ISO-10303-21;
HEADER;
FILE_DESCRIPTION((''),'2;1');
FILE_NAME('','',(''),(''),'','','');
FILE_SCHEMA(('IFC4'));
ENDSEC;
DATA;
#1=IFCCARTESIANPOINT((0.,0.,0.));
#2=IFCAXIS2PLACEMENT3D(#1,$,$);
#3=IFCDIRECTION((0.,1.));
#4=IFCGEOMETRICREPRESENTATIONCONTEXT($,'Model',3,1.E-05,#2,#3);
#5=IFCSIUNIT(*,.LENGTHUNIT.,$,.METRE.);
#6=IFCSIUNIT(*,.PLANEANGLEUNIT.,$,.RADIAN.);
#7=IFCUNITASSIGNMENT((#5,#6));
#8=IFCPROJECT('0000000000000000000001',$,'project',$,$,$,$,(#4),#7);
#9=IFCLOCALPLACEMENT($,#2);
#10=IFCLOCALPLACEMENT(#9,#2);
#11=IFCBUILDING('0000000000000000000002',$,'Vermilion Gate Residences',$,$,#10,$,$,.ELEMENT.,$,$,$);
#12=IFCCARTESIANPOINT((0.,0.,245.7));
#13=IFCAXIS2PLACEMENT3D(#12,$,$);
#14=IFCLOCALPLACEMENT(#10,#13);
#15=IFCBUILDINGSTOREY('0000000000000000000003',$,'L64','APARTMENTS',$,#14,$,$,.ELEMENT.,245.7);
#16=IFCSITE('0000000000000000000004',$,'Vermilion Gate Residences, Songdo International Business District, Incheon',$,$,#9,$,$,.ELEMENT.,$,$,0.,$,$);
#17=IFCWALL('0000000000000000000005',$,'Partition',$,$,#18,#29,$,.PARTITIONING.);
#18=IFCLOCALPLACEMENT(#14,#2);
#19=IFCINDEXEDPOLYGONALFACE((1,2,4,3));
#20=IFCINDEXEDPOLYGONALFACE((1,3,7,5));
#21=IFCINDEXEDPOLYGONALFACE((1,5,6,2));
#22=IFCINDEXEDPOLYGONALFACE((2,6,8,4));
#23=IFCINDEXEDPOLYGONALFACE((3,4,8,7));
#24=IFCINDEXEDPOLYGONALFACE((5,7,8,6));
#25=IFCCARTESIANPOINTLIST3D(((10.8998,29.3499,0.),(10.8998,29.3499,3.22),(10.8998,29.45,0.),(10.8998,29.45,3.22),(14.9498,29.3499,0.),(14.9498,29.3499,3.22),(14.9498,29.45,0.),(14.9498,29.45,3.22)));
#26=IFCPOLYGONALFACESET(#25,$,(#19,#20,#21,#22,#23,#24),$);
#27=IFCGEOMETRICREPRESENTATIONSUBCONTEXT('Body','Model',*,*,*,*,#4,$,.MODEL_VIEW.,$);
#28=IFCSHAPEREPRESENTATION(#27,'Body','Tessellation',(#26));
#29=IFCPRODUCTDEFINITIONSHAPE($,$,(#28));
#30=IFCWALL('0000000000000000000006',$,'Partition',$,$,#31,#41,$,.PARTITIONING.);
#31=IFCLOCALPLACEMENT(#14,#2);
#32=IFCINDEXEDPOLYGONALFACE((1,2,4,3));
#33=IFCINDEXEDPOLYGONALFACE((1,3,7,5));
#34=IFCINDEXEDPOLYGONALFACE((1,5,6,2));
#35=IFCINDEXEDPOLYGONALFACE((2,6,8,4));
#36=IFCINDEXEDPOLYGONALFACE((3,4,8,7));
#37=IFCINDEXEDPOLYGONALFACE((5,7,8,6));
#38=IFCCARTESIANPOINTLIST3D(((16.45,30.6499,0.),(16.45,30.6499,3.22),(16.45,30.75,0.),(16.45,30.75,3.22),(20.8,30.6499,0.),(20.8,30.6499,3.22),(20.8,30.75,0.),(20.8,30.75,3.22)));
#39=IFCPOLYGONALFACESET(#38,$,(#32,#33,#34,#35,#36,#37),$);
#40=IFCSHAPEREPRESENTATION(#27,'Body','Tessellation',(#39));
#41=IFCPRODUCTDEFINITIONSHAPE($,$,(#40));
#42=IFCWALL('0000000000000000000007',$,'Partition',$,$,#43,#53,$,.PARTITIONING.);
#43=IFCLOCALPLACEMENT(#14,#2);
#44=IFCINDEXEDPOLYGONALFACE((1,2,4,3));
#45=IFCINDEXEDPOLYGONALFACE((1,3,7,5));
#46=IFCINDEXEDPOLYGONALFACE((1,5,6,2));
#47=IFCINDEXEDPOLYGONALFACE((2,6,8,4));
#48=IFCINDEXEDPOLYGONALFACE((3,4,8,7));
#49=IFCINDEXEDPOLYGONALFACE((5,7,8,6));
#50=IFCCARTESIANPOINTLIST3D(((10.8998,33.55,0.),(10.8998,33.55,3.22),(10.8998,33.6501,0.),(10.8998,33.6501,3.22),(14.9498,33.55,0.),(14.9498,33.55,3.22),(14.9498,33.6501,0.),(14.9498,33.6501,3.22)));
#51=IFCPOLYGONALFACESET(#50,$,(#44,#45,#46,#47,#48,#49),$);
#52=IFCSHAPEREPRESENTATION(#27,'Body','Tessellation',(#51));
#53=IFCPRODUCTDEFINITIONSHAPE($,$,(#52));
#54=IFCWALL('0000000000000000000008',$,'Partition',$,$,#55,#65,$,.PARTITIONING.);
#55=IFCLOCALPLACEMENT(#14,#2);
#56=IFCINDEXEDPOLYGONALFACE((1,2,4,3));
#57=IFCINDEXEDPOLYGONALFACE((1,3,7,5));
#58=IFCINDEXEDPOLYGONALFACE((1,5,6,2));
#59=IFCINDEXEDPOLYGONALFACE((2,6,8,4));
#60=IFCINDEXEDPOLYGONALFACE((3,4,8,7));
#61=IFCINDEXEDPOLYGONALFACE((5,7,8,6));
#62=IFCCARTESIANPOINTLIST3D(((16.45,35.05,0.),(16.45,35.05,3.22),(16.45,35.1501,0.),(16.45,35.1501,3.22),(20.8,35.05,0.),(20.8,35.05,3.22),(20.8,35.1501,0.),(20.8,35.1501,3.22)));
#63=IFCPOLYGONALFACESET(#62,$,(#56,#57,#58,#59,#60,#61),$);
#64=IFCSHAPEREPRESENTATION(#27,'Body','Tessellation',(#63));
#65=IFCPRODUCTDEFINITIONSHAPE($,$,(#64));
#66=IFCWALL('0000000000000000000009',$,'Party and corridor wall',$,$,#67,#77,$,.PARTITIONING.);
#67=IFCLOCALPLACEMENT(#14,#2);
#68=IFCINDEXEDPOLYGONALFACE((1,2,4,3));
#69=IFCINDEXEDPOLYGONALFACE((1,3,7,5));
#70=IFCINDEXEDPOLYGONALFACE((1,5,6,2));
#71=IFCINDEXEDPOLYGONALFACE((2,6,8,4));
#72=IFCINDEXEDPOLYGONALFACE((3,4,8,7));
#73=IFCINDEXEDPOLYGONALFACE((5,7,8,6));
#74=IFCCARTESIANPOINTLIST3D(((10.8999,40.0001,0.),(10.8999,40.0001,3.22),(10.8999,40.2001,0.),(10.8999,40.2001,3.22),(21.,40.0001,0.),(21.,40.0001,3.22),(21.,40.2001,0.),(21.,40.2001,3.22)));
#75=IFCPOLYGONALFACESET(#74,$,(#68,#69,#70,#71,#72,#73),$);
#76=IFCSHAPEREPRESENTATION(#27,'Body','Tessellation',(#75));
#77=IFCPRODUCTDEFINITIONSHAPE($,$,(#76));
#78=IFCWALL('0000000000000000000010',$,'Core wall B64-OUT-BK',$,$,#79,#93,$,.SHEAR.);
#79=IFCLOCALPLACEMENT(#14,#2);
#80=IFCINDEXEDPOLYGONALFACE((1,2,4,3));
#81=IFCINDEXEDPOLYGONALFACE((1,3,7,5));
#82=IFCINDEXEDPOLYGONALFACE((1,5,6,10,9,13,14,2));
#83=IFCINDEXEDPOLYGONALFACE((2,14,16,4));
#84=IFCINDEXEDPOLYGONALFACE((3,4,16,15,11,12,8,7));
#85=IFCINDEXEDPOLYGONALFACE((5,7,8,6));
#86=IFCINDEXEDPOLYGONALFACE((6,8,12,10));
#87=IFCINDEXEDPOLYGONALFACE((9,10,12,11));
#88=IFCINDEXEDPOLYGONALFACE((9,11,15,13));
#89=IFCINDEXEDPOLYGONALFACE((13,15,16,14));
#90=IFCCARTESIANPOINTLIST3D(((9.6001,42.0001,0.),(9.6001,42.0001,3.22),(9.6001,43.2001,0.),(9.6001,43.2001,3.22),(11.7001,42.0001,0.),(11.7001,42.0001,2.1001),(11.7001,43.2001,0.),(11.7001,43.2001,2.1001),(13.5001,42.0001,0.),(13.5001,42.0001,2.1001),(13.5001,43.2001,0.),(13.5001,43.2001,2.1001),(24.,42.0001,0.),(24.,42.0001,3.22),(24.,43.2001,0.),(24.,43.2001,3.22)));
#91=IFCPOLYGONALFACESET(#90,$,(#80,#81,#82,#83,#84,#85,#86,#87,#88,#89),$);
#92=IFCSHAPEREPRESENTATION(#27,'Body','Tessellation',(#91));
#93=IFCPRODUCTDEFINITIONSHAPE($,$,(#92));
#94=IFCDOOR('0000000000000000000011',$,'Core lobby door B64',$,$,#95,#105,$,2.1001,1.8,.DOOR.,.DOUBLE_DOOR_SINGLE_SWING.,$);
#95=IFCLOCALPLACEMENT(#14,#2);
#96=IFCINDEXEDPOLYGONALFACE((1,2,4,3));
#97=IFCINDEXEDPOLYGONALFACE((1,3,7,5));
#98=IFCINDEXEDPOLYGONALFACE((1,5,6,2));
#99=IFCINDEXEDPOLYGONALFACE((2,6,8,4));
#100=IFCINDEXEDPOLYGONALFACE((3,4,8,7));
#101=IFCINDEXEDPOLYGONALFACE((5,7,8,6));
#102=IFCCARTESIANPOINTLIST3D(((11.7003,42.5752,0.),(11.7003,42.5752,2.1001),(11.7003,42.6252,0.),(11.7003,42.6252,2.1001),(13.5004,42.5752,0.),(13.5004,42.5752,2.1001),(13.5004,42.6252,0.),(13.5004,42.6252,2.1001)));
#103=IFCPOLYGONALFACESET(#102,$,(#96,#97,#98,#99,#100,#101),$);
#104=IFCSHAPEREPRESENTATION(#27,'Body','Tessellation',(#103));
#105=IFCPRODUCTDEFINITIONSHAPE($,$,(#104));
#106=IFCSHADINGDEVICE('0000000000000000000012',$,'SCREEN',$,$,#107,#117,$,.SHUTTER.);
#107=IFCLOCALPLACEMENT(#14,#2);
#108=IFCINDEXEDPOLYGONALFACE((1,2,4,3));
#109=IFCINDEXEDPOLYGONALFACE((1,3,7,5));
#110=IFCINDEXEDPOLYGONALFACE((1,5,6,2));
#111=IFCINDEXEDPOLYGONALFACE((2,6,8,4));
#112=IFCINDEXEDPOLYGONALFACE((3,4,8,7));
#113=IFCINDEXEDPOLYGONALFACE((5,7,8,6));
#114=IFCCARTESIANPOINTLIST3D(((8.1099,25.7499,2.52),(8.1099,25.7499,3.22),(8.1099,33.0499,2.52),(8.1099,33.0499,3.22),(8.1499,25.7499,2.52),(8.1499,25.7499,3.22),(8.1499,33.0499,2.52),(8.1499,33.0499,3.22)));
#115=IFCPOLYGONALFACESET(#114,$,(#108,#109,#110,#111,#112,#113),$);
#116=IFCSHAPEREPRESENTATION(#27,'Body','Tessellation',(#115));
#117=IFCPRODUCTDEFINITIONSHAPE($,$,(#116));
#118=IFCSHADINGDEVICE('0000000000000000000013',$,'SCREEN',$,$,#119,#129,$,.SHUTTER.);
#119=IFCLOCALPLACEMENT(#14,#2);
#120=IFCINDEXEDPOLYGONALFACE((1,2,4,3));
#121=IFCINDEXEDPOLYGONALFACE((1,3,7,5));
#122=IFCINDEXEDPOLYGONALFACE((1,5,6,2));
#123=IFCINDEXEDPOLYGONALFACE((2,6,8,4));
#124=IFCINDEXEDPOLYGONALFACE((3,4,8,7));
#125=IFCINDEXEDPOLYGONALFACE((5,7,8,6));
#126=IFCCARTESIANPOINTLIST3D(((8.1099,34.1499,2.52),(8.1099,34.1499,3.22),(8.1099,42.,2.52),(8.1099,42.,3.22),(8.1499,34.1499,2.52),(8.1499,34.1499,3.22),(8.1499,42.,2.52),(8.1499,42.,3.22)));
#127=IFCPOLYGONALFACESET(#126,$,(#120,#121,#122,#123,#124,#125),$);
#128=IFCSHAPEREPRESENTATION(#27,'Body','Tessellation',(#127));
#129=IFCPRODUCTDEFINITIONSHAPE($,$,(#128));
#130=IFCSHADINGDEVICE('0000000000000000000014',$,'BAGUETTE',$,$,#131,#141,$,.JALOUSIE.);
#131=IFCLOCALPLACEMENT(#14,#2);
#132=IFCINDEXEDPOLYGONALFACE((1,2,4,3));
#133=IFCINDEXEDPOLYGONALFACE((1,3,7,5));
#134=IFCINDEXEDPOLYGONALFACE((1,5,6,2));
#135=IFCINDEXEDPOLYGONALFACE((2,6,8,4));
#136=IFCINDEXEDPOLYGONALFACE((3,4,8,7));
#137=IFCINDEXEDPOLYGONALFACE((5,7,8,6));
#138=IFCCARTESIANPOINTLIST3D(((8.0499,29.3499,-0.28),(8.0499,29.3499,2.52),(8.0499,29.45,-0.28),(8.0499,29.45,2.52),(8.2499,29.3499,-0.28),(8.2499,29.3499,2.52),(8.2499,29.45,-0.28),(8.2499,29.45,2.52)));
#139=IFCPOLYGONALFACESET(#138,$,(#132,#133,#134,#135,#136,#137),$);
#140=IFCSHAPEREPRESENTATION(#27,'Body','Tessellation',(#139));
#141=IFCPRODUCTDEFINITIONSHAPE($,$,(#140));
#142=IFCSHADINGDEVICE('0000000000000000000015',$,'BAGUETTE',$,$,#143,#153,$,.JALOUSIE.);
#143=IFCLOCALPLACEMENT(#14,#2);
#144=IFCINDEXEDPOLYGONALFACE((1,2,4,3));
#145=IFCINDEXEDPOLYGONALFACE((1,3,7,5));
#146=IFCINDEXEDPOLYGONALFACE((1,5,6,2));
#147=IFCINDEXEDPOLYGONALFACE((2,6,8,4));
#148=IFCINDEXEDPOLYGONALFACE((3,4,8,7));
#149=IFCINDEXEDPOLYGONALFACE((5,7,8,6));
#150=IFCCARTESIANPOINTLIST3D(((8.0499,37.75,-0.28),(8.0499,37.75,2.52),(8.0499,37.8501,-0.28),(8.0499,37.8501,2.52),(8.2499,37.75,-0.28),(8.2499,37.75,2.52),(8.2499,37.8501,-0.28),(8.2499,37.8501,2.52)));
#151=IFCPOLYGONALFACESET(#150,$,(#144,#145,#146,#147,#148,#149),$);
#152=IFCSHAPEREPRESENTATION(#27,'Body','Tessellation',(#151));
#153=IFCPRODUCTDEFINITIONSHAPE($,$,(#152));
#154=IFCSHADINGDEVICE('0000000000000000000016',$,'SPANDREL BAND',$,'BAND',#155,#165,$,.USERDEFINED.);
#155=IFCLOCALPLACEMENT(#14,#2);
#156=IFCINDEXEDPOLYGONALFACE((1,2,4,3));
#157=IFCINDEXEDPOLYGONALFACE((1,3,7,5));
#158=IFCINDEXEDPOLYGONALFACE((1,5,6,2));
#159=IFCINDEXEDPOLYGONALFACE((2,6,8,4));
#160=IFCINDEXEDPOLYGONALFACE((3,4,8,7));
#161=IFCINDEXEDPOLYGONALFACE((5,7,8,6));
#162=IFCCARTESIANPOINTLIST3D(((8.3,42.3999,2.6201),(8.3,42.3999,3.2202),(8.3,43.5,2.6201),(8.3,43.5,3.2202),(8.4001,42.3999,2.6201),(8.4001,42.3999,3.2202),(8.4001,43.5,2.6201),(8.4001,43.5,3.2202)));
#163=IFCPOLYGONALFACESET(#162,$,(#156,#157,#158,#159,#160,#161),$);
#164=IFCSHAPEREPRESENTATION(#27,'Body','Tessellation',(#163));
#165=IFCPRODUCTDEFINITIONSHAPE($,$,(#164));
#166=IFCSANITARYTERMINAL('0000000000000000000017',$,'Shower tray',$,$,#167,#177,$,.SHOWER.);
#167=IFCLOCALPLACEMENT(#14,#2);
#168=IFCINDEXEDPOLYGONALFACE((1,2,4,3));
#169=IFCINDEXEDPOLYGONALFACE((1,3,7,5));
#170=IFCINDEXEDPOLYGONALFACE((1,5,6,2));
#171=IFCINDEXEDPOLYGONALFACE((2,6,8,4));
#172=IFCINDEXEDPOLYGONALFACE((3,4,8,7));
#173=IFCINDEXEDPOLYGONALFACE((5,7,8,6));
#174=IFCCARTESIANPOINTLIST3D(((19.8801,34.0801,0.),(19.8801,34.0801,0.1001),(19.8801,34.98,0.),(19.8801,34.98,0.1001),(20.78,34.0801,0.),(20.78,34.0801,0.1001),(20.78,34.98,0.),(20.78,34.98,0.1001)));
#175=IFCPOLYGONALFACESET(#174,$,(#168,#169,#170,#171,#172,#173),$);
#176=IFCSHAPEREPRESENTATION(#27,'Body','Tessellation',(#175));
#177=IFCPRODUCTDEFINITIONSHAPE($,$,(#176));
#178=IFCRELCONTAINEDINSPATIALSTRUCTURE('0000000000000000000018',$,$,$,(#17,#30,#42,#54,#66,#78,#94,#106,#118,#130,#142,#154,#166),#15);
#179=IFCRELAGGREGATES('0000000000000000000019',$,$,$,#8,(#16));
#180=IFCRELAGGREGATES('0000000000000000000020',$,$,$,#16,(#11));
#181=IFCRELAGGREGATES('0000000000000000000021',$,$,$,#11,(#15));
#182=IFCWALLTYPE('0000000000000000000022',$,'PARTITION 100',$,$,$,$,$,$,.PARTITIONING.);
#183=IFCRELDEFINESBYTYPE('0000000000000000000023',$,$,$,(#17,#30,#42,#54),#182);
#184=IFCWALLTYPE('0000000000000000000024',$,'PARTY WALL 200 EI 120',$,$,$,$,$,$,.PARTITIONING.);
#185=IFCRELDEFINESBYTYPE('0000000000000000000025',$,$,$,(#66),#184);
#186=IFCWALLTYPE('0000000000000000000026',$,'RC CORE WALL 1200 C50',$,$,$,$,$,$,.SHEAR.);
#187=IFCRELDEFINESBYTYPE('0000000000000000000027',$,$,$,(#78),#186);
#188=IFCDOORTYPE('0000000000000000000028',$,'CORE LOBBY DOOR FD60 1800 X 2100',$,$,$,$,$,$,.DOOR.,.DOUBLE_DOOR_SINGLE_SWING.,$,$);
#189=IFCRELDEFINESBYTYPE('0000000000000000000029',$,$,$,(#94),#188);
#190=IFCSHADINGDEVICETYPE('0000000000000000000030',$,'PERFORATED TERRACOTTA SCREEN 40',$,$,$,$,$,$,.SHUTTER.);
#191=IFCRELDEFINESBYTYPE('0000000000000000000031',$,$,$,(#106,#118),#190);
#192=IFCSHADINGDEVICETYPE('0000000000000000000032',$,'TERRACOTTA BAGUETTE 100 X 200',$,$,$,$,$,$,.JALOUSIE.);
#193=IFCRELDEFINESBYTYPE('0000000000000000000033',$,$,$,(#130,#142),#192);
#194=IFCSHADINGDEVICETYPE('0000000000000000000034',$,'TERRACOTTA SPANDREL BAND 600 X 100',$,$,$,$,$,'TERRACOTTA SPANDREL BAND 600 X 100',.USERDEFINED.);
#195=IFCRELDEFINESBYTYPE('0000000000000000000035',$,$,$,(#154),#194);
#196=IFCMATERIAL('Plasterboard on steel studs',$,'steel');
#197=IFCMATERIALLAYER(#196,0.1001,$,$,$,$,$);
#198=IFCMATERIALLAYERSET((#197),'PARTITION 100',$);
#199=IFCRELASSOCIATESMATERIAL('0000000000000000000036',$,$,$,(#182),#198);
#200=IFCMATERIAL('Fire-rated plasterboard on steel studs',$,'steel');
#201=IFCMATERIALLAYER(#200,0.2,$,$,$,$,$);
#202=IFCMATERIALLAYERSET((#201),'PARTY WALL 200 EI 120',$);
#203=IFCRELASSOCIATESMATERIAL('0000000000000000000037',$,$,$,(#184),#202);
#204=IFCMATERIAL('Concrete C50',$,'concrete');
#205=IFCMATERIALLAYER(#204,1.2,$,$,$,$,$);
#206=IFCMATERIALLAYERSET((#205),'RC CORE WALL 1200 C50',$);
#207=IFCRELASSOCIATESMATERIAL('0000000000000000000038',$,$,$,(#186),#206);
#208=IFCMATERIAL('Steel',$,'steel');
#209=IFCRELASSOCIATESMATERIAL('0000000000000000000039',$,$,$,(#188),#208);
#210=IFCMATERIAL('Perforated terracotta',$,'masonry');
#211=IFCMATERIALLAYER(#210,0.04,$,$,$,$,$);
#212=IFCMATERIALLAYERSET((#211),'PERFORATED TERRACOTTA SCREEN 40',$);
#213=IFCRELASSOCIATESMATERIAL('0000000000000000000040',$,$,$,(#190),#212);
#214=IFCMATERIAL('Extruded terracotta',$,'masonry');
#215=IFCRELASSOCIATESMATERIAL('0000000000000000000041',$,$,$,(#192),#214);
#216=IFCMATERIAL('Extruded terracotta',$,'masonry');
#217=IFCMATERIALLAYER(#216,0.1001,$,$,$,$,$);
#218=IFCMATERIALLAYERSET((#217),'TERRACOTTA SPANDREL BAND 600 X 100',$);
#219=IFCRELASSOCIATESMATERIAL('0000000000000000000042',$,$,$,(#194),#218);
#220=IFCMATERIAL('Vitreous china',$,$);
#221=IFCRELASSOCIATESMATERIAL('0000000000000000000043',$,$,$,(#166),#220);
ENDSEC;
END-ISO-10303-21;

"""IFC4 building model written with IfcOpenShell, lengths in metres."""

from ifc_helpers import new_model, si_unit, direction, frame, frame_2d, origin, origin_2d, place, context, subcontext, project, spatial, rectangle, extrude, material, layer, layer_set, material_profile, profile_set, type_object, element, fill, save


model = new_model("IFC4")

# Units and contexts
model_context = context("Model", 3, precision=1e-05, world=origin(), true_north=direction((0.0, 1.0)))
body_context = subcontext(model_context, "Body", "Model", "MODEL_VIEW")
ifc_project = project(units=[si_unit("LENGTHUNIT", "METRE"), si_unit("PLANEANGLEUNIT", "RADIAN")], contexts=[model_context])

# Site, building, storey
site_placement = place(None, origin())
site = spatial("IfcSite", under=ifc_project, at=site_placement, Name="Vermilion Gate Residences, Songdo International Business District, Incheon", CompositionType="ELEMENT", RefElevation=0.0)
building_placement = place(site_placement, origin())
building = spatial("IfcBuilding", under=site, at=building_placement, Name="Vermilion Gate Residences", CompositionType="ELEMENT")
storey_placement = place(building_placement, frame((0.0, 0.0, 245.7)))
storey = spatial("IfcBuildingStorey", under=building, at=storey_placement, Name="L64", Description="APARTMENTS", CompositionType="ELEMENT", Elevation=245.7)

# Walls
ifc_material_1 = material(Name="Plasterboard on steel studs", Category="steel")
ifc_layer_1 = layer(ifc_material_1, 0.1001)
ifc_layer_set_1 = layer_set([ifc_layer_1], Name="PARTITION 100")
wall_type_1 = type_object("IfcWallType", Name="PARTITION 100", PredefinedType="PARTITIONING", material=ifc_layer_set_1)
wall_1_placement = place(storey_placement, frame((10.8999, 29.3999, 0.0), z_axis=(0.0, 0.0, 1.0), x_axis=(1.0, 0.0, 0.0)))
element("IfcWall", 1, at=wall_1_placement, inside=storey, type_object=wall_type_1, Name="Partition", PredefinedType="PARTITIONING", context=body_context, shape_type="SweptSolid", body=[
    extrude(rectangle(XDim=4.05, YDim=0.1001, at=frame_2d((2.0249, 0.0))), origin(), (0.0, 0.0, 1.0), 3.22),
])
wall_2_placement = place(storey_placement, frame((16.45, 30.7, 0.0), z_axis=(0.0, 0.0, 1.0), x_axis=(1.0, 0.0, 0.0)))
element("IfcWall", 2, at=wall_2_placement, inside=storey, type_object=wall_type_1, Name="Partition", PredefinedType="PARTITIONING", context=body_context, shape_type="SweptSolid", body=[
    extrude(rectangle(XDim=4.3501, YDim=0.1001, at=frame_2d((2.175, 0.0))), origin(), (0.0, 0.0, 1.0), 3.22),
])
wall_3_placement = place(storey_placement, frame((10.8999, 33.6001, 0.0), z_axis=(0.0, 0.0, 1.0), x_axis=(1.0, 0.0, 0.0)))
element("IfcWall", 3, at=wall_3_placement, inside=storey, type_object=wall_type_1, Name="Partition", PredefinedType="PARTITIONING", context=body_context, shape_type="SweptSolid", body=[
    extrude(rectangle(XDim=4.05, YDim=0.1001, at=frame_2d((2.0249, 0.0))), origin(), (0.0, 0.0, 1.0), 3.22),
])
wall_4_placement = place(storey_placement, frame((16.45, 35.1001, 0.0), z_axis=(0.0, 0.0, 1.0), x_axis=(1.0, 0.0, 0.0)))
element("IfcWall", 4, at=wall_4_placement, inside=storey, type_object=wall_type_1, Name="Partition", PredefinedType="PARTITIONING", context=body_context, shape_type="SweptSolid", body=[
    extrude(rectangle(XDim=4.3501, YDim=0.1001, at=frame_2d((2.175, 0.0))), origin(), (0.0, 0.0, 1.0), 3.22),
])
ifc_material_2 = material(Name="Fire-rated plasterboard on steel studs", Category="steel")
ifc_layer_2 = layer(ifc_material_2, 0.2)
ifc_layer_set_2 = layer_set([ifc_layer_2], Name="PARTY WALL 200 EI 120")
wall_type_2 = type_object("IfcWallType", Name="PARTY WALL 200 EI 120", PredefinedType="PARTITIONING", material=ifc_layer_set_2)
wall_5_placement = place(storey_placement, frame((10.8999, 40.1001, 0.0), z_axis=(0.0, 0.0, 1.0), x_axis=(1.0, 0.0, 0.0)))
element("IfcWall", 5, at=wall_5_placement, inside=storey, type_object=wall_type_2, Name="Party and corridor wall", PredefinedType="PARTITIONING", context=body_context, shape_type="SweptSolid", body=[
    extrude(rectangle(XDim=10.1001, YDim=0.2, at=frame_2d((5.05, 0.0))), origin(), (0.0, 0.0, 1.0), 3.22),
])

# Wall, opening, door
ifc_material_3 = material(Name="Concrete C50", Category="concrete")
ifc_layer_3 = layer(ifc_material_3, 1.2)
ifc_layer_set_3 = layer_set([ifc_layer_3], Name="RC CORE WALL 1200 C50")
wall_type_3 = type_object("IfcWallType", Name="RC CORE WALL 1200 C50", PredefinedType="SHEAR", material=ifc_layer_set_3)
wall_6_placement = place(storey_placement, frame((9.6001, 42.6001, 0.0), z_axis=(0.0, 0.0, 1.0), x_axis=(1.0, 0.0, 0.0)))
wall_6 = element("IfcWall", 6, at=wall_6_placement, inside=storey, type_object=wall_type_3, Name="Core wall B64-OUT-BK", PredefinedType="SHEAR", context=body_context, shape_type="SweptSolid", body=[
    extrude(rectangle(XDim=14.3999, YDim=1.2, at=frame_2d((7.2, 0.0))), origin(), (0.0, 0.0, 1.0), 3.22),
])
opening_1_placement = place(wall_6_placement, frame((2.1001, 0.0, 0.0)))
opening_1 = element("IfcOpeningElement", 7, at=opening_1_placement, cuts=wall_6, PredefinedType="OPENING", context=body_context, shape_type="SweptSolid", body=[
    extrude(rectangle(XDim=1.8, YDim=2.1001, at=frame_2d((0.8999, 1.05))), frame((0.0, 0.6099, 0.0), z_axis=(0.0, -1.0, 0.0), x_axis=(1.0, 0.0, 0.0)), (0.0, 0.0, 1.0), 1.22),
])
ifc_material_4 = material(Name="Steel", Category="steel")
door_type_1 = type_object("IfcDoorType", Name="CORE LOBBY DOOR FD60 1800 X 2100", OperationType="DOUBLE_DOOR_SINGLE_SWING", PredefinedType="DOOR", material=ifc_material_4)
door_1_placement = place(opening_1_placement, frame((1.8, 0.0, 0.0), z_axis=(0.0, 0.0, 1.0), x_axis=(-1.0, 0.0, 0.0)))
door_1 = element("IfcDoor", 8, at=door_1_placement, inside=storey, type_object=door_type_1, Name="Core lobby door B64", OperationType="DOUBLE_DOOR_SINGLE_SWING", OverallHeight=2.1001, OverallWidth=1.8, PredefinedType="DOOR", context=body_context, shape_type="SweptSolid", body=[
    extrude(rectangle(XDim=1.8, YDim=2.1001, at=frame_2d((0.8999, 1.05))), frame((0.0, 0.0249, 0.0), z_axis=(0.0, -1.0, 0.0), x_axis=(1.0, 0.0, 0.0)), (0.0, 0.0, 1.0), 0.05),
])
fill(opening_1, door_1)

# Shading devices
ifc_material_5 = material(Name="Perforated terracotta", Category="masonry")
ifc_layer_4 = layer(ifc_material_5, 0.04)
ifc_layer_set_4 = layer_set([ifc_layer_4], Name="PERFORATED TERRACOTTA SCREEN 40")
shading_device_type_1 = type_object("IfcShadingDeviceType", Name="PERFORATED TERRACOTTA SCREEN 40", PredefinedType="SHUTTER", material=ifc_layer_set_4)
shading_device_1_placement = place(storey_placement, frame((8.1299, 29.3999, 2.52), z_axis=(0.0, 0.0, 1.0), x_axis=(0.0, -1.0, 0.0)))
element("IfcShadingDevice", 9, at=shading_device_1_placement, inside=storey, type_object=shading_device_type_1, Name="SCREEN", PredefinedType="SHUTTER", context=body_context, shape_type="SweptSolid", body=[
    extrude(rectangle(XDim=7.3, YDim=0.04, at=origin_2d()), origin(), (0.0, 0.0, 1.0), 0.7),
])
shading_device_2_placement = place(storey_placement, frame((8.1299, 38.075, 2.52), z_axis=(0.0, 0.0, 1.0), x_axis=(0.0, -1.0, 0.0)))
element("IfcShadingDevice", 10, at=shading_device_2_placement, inside=storey, type_object=shading_device_type_1, Name="SCREEN", PredefinedType="SHUTTER", context=body_context, shape_type="SweptSolid", body=[
    extrude(rectangle(XDim=7.8501, YDim=0.04, at=origin_2d()), origin(), (0.0, 0.0, 1.0), 0.7),
])
ifc_material_6 = material(Name="Extruded terracotta", Category="masonry")
ifc_material_profile_1 = material_profile(ifc_material_6, rectangle(XDim=0.2, YDim=0.1001, at=origin_2d()), Name="BAGUETTE 100 X 200")
ifc_profile_set_1 = profile_set([ifc_material_profile_1], Name="Extruded terracotta")
shading_device_type_2 = type_object("IfcShadingDeviceType", Name="TERRACOTTA BAGUETTE 100 X 200", PredefinedType="JALOUSIE", material=ifc_profile_set_1)
for number, where, z_axis, x_axis, name in (
    (11, (8.1499, 29.3999, -0.28), (0.0, 0.0, 1.0), (1.0, 0.0, 0.0), "BAGUETTE"),
    (12, (8.1499, 37.8, -0.28), (0.0, 0.0, 1.0), (1.0, 0.0, 0.0), "BAGUETTE"),
):
    element("IfcShadingDevice", number, at=place(storey_placement, frame(where, z_axis=z_axis, x_axis=x_axis)), inside=storey, type_object=shading_device_type_2, Name=name, PredefinedType="JALOUSIE", context=body_context, shape_type="SweptSolid", body=[
        extrude(rectangle(XDim=0.2, YDim=0.1001, at=origin_2d()), origin(), (0.0, 0.0, 1.0), 2.8),
    ])
ifc_material_7 = material(Name="Extruded terracotta", Category="masonry")
ifc_layer_5 = layer(ifc_material_7, 0.1001)
ifc_layer_set_5 = layer_set([ifc_layer_5], Name="TERRACOTTA SPANDREL BAND 600 X 100")
shading_device_type_3 = type_object("IfcShadingDeviceType", Name="TERRACOTTA SPANDREL BAND 600 X 100", ElementType="TERRACOTTA SPANDREL BAND 600 X 100", PredefinedType="USERDEFINED", material=ifc_layer_set_5)
shading_device_3_placement = place(storey_placement, frame((8.3501, 42.95, 2.6201), z_axis=(0.0, 0.0, 1.0), x_axis=(0.0, 1.0, 0.0)))
element("IfcShadingDevice", 13, at=shading_device_3_placement, inside=storey, type_object=shading_device_type_3, Name="SPANDREL BAND", ObjectType="BAND", PredefinedType="USERDEFINED", context=body_context, shape_type="SweptSolid", body=[
    extrude(rectangle(XDim=1.1001, YDim=0.1001, at=origin_2d()), origin(), (0.0, 0.0, 1.0), 0.6001),
])

# Sanitary terminal
ifc_material_8 = material(Name="Vitreous china")
sanitary_terminal_1_placement = place(storey_placement, frame((20.3301, 34.53, 0.0), z_axis=(0.0, 0.0, 1.0), x_axis=(1.0, 0.0, 0.0)))
element("IfcSanitaryTerminal", 14, at=sanitary_terminal_1_placement, inside=storey, material=ifc_material_8, Name="Shower tray", PredefinedType="SHOWER", context=body_context, shape_type="SweptSolid", body=[
    extrude(rectangle(XDim=0.8999, YDim=0.8999, at=origin_2d()), origin(), (0.0, 0.0, 1.0), 0.1001),
])

save(model, "model.ifc")
